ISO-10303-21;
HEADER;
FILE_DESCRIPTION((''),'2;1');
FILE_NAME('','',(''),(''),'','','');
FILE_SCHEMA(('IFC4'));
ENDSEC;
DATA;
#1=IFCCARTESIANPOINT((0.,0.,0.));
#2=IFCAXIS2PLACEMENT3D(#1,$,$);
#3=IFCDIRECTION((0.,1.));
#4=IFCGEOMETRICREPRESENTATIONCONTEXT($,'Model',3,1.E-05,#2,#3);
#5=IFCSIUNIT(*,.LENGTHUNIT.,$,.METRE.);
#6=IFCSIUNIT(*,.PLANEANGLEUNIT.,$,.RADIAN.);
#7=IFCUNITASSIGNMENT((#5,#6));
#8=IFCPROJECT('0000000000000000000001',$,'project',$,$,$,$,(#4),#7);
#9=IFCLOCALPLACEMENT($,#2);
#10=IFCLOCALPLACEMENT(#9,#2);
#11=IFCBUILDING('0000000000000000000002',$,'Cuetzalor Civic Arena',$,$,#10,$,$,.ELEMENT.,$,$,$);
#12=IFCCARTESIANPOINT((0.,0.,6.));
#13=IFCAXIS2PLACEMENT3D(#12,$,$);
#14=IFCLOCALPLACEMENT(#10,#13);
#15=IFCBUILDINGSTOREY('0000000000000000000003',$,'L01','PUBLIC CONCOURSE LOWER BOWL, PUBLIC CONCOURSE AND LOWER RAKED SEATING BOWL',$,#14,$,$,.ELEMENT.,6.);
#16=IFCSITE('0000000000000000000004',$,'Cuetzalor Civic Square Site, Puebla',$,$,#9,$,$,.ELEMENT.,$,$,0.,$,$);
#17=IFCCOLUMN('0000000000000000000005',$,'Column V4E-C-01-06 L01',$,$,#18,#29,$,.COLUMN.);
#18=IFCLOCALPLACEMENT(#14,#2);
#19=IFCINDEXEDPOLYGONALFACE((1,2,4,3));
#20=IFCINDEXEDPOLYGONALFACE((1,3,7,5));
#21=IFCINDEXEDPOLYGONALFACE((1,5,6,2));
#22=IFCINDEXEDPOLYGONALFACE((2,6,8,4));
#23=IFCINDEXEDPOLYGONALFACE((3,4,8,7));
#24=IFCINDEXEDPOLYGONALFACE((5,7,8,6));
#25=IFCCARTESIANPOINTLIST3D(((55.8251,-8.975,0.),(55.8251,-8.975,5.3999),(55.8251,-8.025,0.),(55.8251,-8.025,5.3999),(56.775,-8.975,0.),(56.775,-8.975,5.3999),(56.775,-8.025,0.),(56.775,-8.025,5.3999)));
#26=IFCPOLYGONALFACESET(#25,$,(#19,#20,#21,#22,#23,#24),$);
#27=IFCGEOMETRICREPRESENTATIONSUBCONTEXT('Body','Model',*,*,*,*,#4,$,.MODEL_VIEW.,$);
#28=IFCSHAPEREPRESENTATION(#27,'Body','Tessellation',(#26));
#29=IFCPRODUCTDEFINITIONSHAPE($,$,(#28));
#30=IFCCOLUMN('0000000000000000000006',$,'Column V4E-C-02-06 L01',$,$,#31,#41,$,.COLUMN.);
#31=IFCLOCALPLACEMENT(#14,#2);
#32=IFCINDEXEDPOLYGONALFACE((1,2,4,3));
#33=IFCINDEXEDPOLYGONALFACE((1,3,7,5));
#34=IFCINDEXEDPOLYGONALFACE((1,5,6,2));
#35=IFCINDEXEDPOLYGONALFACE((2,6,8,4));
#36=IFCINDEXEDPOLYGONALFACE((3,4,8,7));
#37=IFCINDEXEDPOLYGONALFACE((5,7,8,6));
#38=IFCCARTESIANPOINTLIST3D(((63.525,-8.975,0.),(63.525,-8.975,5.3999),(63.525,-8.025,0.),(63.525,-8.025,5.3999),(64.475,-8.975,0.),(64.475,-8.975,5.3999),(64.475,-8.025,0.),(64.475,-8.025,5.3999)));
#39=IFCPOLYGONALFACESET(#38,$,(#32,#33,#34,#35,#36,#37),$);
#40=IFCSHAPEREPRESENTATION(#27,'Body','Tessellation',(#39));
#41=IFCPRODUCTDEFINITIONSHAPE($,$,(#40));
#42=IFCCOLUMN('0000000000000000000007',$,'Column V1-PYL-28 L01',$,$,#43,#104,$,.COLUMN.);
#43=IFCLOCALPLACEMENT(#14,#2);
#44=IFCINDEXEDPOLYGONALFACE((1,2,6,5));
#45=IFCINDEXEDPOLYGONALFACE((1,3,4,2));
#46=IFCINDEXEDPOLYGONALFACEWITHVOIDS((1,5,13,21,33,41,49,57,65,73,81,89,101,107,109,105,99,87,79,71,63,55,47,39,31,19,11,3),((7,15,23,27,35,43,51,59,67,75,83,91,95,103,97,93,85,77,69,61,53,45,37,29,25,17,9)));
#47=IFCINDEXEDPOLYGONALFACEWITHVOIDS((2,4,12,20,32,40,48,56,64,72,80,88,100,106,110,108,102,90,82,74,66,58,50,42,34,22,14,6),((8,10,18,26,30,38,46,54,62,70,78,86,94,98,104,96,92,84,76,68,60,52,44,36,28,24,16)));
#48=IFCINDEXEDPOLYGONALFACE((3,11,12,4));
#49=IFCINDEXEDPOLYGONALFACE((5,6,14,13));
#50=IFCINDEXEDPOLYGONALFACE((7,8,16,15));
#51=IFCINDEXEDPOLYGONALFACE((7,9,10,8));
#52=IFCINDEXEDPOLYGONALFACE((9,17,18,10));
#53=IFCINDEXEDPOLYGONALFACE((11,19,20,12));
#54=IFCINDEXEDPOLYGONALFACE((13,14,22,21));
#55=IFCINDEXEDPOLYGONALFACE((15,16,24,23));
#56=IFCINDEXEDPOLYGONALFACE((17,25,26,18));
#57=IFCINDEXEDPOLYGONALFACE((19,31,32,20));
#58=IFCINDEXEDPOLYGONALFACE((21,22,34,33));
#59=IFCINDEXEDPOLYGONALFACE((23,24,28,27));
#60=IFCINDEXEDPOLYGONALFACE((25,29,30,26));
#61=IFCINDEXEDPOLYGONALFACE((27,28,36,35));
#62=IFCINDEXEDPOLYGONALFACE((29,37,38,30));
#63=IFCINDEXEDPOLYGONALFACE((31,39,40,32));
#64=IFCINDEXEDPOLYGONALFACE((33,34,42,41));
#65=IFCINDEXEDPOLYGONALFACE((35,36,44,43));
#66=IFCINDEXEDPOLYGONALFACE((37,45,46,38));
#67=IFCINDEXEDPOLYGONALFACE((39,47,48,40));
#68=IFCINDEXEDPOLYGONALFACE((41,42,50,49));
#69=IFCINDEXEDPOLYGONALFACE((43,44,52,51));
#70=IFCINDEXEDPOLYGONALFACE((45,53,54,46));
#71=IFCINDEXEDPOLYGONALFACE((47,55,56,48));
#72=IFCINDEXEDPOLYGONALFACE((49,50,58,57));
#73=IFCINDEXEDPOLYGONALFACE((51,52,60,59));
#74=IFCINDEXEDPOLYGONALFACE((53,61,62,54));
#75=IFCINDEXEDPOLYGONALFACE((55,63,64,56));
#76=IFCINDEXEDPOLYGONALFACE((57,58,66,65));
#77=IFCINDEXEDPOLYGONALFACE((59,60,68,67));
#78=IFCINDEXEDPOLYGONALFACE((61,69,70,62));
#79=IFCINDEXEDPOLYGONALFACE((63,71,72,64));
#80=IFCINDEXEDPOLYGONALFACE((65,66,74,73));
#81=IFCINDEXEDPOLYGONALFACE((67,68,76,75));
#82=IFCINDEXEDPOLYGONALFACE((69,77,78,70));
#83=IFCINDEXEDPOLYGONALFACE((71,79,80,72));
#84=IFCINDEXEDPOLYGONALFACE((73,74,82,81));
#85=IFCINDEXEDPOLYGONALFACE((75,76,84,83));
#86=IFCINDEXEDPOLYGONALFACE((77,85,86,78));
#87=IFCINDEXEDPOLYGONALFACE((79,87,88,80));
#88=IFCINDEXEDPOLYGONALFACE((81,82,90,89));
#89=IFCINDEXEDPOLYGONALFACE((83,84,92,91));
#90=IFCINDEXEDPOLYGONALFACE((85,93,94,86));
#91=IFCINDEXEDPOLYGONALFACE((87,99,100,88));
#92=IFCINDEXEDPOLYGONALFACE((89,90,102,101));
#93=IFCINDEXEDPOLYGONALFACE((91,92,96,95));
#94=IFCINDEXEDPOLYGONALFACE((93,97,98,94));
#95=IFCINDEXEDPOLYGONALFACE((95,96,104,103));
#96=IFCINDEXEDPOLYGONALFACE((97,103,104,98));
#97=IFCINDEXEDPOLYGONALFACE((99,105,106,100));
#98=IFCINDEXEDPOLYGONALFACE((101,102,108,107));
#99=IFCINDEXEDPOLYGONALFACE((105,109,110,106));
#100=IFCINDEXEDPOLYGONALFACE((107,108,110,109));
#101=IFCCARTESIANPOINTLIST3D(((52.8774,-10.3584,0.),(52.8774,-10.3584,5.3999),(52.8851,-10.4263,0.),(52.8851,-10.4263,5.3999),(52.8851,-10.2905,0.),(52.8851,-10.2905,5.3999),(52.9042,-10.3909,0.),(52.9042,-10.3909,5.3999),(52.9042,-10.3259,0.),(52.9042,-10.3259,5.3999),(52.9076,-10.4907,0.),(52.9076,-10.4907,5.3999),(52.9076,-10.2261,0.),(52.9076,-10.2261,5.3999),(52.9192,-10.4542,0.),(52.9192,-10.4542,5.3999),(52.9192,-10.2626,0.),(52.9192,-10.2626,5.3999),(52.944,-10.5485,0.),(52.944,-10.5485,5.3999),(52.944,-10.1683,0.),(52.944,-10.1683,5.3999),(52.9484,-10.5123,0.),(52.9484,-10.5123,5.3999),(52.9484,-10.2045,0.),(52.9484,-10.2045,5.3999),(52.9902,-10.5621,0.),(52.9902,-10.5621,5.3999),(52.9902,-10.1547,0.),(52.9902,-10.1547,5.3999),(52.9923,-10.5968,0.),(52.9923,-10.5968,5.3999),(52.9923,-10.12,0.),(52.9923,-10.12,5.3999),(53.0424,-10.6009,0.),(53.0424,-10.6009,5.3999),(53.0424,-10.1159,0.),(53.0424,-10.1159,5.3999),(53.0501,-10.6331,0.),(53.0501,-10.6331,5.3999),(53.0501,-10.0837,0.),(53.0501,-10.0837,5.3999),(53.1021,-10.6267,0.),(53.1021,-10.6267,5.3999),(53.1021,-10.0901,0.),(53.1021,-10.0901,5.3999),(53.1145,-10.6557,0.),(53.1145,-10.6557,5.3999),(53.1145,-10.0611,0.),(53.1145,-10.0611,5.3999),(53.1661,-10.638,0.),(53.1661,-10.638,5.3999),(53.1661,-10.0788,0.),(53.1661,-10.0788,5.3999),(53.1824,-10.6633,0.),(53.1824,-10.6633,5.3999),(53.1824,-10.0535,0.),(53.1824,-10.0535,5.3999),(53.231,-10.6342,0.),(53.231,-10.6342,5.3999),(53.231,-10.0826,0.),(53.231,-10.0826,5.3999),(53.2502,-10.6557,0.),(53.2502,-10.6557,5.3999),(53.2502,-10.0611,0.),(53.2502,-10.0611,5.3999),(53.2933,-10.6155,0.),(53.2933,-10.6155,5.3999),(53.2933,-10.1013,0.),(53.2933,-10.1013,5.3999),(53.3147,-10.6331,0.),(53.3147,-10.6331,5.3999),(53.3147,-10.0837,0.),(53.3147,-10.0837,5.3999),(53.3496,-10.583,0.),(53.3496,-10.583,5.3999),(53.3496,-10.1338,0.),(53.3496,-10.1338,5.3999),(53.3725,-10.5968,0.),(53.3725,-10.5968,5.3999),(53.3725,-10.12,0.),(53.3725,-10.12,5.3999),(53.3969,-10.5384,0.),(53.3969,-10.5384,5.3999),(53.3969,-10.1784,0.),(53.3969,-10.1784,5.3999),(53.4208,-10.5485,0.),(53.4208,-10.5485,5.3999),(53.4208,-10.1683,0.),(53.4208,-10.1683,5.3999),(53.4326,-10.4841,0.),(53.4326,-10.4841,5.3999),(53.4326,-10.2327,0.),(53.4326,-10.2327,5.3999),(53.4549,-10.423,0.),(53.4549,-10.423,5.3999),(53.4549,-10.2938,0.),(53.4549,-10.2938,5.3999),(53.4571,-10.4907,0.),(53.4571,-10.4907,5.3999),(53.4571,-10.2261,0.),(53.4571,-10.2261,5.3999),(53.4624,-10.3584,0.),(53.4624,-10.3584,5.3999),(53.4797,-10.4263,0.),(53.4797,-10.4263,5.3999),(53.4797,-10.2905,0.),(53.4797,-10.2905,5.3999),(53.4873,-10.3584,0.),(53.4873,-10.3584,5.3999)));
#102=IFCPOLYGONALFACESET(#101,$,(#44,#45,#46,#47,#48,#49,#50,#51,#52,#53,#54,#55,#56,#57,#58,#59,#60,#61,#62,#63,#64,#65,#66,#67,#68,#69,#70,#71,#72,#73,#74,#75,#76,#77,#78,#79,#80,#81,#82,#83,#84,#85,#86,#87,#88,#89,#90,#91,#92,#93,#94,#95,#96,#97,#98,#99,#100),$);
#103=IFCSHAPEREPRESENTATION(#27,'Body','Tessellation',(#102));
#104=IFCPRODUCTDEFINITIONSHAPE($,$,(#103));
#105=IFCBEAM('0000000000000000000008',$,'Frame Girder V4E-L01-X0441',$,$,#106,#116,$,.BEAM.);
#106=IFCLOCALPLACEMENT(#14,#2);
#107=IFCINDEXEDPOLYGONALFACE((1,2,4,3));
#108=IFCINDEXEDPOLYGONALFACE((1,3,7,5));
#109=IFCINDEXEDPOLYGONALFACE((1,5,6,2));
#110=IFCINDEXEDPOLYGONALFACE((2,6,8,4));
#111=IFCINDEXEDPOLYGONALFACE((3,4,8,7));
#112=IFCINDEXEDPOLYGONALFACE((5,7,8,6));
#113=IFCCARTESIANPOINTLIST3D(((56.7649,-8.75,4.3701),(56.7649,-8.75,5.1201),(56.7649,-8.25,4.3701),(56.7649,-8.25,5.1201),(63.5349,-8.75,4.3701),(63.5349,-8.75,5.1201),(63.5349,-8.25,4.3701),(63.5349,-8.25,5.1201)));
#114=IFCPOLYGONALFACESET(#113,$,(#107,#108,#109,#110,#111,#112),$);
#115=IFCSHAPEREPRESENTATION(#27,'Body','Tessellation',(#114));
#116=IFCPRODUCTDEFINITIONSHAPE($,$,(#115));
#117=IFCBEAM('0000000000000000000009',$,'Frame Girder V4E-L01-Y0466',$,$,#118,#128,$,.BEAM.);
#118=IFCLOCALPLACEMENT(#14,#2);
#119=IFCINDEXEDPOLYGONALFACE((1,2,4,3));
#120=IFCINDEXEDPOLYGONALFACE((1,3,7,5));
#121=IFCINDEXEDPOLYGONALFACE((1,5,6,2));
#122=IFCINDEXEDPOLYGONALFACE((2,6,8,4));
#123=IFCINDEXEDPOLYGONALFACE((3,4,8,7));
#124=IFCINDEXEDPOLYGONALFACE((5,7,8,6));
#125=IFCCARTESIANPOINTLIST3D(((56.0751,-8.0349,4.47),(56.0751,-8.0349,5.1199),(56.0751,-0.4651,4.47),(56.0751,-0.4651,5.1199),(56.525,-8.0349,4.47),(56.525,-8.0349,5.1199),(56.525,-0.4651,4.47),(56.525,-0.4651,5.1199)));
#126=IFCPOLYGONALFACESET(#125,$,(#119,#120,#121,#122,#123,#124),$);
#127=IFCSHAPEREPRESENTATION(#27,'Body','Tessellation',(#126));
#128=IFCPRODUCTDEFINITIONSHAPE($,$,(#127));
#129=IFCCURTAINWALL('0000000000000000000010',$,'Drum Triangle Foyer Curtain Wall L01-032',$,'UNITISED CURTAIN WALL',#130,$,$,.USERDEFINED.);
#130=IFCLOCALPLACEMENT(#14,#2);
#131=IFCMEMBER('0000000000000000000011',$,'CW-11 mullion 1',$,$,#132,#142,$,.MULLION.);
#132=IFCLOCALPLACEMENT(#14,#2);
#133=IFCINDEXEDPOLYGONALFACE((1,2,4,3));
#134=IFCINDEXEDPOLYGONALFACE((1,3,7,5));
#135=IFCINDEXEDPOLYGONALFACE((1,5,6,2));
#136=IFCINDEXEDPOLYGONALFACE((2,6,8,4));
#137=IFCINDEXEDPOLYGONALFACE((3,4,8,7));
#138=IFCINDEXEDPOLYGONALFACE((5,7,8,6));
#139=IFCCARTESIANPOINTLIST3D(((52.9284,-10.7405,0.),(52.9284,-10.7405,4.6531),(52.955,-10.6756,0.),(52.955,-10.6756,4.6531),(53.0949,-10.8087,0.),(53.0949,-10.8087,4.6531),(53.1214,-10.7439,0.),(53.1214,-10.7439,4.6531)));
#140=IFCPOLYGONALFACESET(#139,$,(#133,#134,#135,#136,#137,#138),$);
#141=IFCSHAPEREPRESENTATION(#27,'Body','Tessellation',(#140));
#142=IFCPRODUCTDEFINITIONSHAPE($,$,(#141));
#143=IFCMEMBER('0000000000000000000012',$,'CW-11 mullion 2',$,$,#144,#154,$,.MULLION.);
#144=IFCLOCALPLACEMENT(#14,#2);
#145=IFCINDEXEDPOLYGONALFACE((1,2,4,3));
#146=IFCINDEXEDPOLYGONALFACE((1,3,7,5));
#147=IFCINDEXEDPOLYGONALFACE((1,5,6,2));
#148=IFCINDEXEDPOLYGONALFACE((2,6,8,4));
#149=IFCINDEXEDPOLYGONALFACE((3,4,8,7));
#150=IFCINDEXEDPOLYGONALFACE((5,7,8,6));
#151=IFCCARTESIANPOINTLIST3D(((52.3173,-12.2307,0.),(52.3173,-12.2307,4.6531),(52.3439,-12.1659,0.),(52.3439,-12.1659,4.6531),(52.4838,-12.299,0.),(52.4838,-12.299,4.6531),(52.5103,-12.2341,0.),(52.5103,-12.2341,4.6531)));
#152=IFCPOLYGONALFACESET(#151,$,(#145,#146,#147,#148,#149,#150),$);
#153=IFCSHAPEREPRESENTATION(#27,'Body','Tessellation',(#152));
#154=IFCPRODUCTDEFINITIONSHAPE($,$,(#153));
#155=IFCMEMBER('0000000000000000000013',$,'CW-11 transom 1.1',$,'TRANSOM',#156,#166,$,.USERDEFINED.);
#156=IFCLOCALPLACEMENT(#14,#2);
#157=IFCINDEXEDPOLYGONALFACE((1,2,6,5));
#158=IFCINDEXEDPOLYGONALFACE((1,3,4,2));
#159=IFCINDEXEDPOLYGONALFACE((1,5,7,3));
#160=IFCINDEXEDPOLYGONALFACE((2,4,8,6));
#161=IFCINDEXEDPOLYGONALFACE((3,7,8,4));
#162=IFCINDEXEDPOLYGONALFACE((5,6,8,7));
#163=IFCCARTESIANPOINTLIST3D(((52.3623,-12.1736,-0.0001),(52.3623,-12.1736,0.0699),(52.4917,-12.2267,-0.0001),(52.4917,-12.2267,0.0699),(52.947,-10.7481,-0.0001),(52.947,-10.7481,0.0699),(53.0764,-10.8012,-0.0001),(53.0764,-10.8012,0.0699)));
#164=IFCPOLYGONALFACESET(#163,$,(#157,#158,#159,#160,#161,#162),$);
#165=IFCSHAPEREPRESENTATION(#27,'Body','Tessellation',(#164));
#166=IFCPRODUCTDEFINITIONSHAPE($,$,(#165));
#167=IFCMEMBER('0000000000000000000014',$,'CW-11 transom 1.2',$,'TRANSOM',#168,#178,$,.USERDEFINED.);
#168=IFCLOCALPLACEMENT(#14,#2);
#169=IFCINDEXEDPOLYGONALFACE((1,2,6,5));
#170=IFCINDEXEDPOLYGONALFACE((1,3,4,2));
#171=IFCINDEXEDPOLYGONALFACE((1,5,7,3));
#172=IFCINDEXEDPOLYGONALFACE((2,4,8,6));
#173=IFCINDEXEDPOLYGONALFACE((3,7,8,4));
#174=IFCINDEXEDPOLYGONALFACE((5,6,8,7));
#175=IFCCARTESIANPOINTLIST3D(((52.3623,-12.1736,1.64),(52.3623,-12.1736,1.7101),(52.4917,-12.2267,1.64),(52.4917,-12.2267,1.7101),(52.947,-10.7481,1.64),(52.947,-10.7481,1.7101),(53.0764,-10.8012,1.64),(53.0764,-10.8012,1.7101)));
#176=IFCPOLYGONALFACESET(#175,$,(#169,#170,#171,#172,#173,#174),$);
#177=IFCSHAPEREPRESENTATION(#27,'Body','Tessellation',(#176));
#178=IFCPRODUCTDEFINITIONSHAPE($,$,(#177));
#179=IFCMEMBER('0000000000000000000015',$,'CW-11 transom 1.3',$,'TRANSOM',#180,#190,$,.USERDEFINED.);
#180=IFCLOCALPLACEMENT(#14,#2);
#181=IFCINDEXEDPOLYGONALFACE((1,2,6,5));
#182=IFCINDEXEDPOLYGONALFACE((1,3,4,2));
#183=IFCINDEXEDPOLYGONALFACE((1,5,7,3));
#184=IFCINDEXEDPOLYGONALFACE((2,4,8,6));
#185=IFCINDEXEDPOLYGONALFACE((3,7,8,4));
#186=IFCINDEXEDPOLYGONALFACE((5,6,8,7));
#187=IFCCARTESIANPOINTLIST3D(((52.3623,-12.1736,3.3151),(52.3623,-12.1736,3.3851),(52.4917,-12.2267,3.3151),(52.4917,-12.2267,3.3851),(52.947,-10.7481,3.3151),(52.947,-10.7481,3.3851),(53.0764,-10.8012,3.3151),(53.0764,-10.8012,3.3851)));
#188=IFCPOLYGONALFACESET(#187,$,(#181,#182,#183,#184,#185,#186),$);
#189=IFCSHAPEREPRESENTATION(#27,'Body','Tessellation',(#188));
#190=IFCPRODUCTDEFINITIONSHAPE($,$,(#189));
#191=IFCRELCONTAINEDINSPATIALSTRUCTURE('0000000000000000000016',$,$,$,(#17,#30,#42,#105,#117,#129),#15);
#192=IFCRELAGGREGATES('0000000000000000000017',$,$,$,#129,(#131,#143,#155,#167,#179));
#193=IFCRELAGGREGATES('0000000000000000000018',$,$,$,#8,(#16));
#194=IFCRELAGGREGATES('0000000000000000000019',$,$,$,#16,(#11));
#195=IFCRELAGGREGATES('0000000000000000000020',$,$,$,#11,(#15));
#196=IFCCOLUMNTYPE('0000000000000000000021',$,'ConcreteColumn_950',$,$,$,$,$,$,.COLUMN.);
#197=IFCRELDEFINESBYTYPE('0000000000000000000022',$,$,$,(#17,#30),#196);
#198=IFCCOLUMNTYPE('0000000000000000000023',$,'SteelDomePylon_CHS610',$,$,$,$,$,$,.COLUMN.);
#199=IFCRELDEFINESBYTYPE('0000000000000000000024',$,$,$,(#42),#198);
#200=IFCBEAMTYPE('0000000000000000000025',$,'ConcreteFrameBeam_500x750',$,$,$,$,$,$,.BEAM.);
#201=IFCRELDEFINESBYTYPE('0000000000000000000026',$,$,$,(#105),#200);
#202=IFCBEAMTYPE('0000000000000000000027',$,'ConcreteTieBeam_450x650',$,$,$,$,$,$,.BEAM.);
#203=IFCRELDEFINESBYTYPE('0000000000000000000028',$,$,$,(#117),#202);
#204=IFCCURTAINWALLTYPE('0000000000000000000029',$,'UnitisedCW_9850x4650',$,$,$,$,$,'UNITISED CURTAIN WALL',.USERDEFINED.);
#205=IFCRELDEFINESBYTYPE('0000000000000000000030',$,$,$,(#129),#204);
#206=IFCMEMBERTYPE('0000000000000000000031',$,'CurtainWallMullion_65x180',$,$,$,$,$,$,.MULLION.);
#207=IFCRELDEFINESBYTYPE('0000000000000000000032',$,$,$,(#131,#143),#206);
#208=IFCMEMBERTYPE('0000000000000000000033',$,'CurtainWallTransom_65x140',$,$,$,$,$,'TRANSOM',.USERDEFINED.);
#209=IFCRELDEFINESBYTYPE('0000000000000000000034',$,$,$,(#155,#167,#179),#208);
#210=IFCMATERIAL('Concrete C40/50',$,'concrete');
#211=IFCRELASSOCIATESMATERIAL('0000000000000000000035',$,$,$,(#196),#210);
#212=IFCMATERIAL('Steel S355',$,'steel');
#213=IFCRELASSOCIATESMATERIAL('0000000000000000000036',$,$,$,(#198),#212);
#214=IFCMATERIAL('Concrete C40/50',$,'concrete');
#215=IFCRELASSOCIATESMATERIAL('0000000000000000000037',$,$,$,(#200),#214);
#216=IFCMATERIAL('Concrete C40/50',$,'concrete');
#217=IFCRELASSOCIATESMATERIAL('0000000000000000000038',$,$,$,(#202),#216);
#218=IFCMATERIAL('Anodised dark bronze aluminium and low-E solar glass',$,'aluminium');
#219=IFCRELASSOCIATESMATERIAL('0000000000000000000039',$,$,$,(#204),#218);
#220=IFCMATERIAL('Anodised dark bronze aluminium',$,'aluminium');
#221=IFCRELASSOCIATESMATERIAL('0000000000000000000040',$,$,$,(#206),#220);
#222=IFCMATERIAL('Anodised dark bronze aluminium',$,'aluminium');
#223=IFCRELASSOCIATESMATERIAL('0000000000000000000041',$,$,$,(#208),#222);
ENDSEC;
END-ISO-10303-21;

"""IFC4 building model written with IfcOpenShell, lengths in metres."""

from ifc_helpers import new_model, si_unit, direction, frame, origin, origin_2d, place, context, subcontext, project, spatial, rectangle, hollow_circle, extrude, material, material_profile, profile_set, type_object, element, aggregate, save


model = new_model("IFC4")

# Units and contexts
model_context = context("Model", 3, precision=1e-05, world=origin(), true_north=direction((0.0, 1.0)))
body_context = subcontext(model_context, "Body", "Model", "MODEL_VIEW")
ifc_project = project(units=[si_unit("LENGTHUNIT", "METRE"), si_unit("PLANEANGLEUNIT", "RADIAN")], contexts=[model_context])

# Site, building, storey
site_placement = place(None, origin())
site = spatial("IfcSite", under=ifc_project, at=site_placement, Name="Cuetzalor Civic Square Site, Puebla", CompositionType="ELEMENT", RefElevation=0.0)
building_placement = place(site_placement, origin())
building = spatial("IfcBuilding", under=site, at=building_placement, Name="Cuetzalor Civic Arena", CompositionType="ELEMENT")
storey_placement = place(building_placement, frame((0.0, 0.0, 6.0)))
storey = spatial("IfcBuildingStorey", under=building, at=storey_placement, Name="L01", Description="PUBLIC CONCOURSE LOWER BOWL, PUBLIC CONCOURSE AND LOWER RAKED SEATING BOWL", CompositionType="ELEMENT", Elevation=6.0)

# Columns
ifc_material_1 = material(Name="Concrete C40/50", Category="concrete")
ifc_material_profile_1 = material_profile(ifc_material_1, rectangle(XDim=0.95, YDim=0.95, at=origin_2d()), Name="RC 950x950")
ifc_profile_set_1 = profile_set([ifc_material_profile_1], Name="Concrete C40/50")
column_type_1 = type_object("IfcColumnType", Name="ConcreteColumn_950", PredefinedType="COLUMN", material=ifc_profile_set_1)
for number, where, z_axis, x_axis, name in (
    (1, (56.3, -8.5, 0.0), (0.0, 0.0, 1.0), (1.0, 0.0, 0.0), "Column V4E-C-01-06 L01"),
    (2, (64.0, -8.5, 0.0), (0.0, 0.0, 1.0), (1.0, 0.0, 0.0), "Column V4E-C-02-06 L01"),
):
    element("IfcColumn", number, at=place(storey_placement, frame(where, z_axis=z_axis, x_axis=x_axis)), inside=storey, type_object=column_type_1, Name=name, PredefinedType="COLUMN", context=body_context, shape_type="SweptSolid", body=[
        extrude(rectangle(XDim=0.95, YDim=0.95, at=origin_2d()), origin(), (0.0, 0.0, 1.0), 5.3999),
    ])
ifc_material_2 = material(Name="Steel S355", Category="steel")
ifc_material_profile_2 = material_profile(ifc_material_2, hollow_circle(Radius=0.3049, WallThickness=0.0249, at=origin_2d()), Name="CHS 610x25")
ifc_profile_set_2 = profile_set([ifc_material_profile_2], Name="Steel S355")
column_type_2 = type_object("IfcColumnType", Name="SteelDomePylon_CHS610", PredefinedType="COLUMN", material=ifc_profile_set_2)
column_placement = place(storey_placement, frame((53.1824, -10.3584, 0.0), z_axis=(0.0, 0.0, 1.0), x_axis=(1.0, 0.0, 0.0)))
element("IfcColumn", 3, at=column_placement, inside=storey, type_object=column_type_2, Name="Column V1-PYL-28 L01", PredefinedType="COLUMN", context=body_context, shape_type="SweptSolid", body=[
    extrude(hollow_circle(Radius=0.3049, WallThickness=0.0249, at=origin_2d()), origin(), (0.0, 0.0, 1.0), 5.3999),
])

# Beams
ifc_material_3 = material(Name="Concrete C40/50", Category="concrete")
ifc_material_profile_3 = material_profile(ifc_material_3, rectangle(XDim=0.5, YDim=0.75, at=origin_2d()), Name="RC 500x750")
ifc_profile_set_3 = profile_set([ifc_material_profile_3], Name="Concrete C40/50")
beam_type_1 = type_object("IfcBeamType", Name="ConcreteFrameBeam_500x750", PredefinedType="BEAM", material=ifc_profile_set_3)
beam_1_placement = place(storey_placement, frame((56.7649, -8.5, 4.7451), z_axis=(1.0, 0.0, 0.0), x_axis=(0.0, 1.0, 0.0)))
element("IfcBeam", 4, at=beam_1_placement, inside=storey, type_object=beam_type_1, Name="Frame Girder V4E-L01-X0441", PredefinedType="BEAM", context=body_context, shape_type="SweptSolid", body=[
    extrude(rectangle(XDim=0.5, YDim=0.75, at=origin_2d()), origin(), (0.0, 0.0, 1.0), 6.77),
])
ifc_material_4 = material(Name="Concrete C40/50", Category="concrete")
ifc_material_profile_4 = material_profile(ifc_material_4, rectangle(XDim=0.45, YDim=0.6499, at=origin_2d()), Name="RC 450x650")
ifc_profile_set_4 = profile_set([ifc_material_profile_4], Name="Concrete C40/50")
beam_type_2 = type_object("IfcBeamType", Name="ConcreteTieBeam_450x650", PredefinedType="BEAM", material=ifc_profile_set_4)
beam_2_placement = place(storey_placement, frame((56.3, -8.0349, 4.7949), z_axis=(0.0, 1.0, 0.0), x_axis=(-1.0, 0.0, 0.0)))
element("IfcBeam", 5, at=beam_2_placement, inside=storey, type_object=beam_type_2, Name="Frame Girder V4E-L01-Y0466", PredefinedType="BEAM", context=body_context, shape_type="SweptSolid", body=[
    extrude(rectangle(XDim=0.45, YDim=0.6499, at=origin_2d()), origin(), (0.0, 0.0, 1.0), 7.5698),
])

# Curtain wall, members
ifc_material_5 = material(Name="Anodised dark bronze aluminium and low-E solar glass", Category="aluminium")
curtain_wall_type = type_object("IfcCurtainWallType", Name="UnitisedCW_9850x4650", ElementType="UNITISED CURTAIN WALL", PredefinedType="USERDEFINED", material=ifc_material_5)
curtain_wall_placement = place(storey_placement, origin())
curtain_wall = element("IfcCurtainWall", 6, at=curtain_wall_placement, inside=storey, type_object=curtain_wall_type, Name="Drum Triangle Foyer Curtain Wall L01-032", ObjectType="UNITISED CURTAIN WALL", PredefinedType="USERDEFINED")
ifc_material_6 = material(Name="Anodised dark bronze aluminium", Category="aluminium")
ifc_material_profile_5 = material_profile(ifc_material_6, rectangle(XDim=0.0701, YDim=0.1799, at=origin_2d()), Name="ALU MULLION 70x180")
ifc_profile_set_5 = profile_set([ifc_material_profile_5], Name="Anodised dark bronze aluminium")
member_type_1 = type_object("IfcMemberType", Name="CurtainWallMullion_65x180", PredefinedType="MULLION", material=ifc_profile_set_5)
member_1_placement = place(storey_placement, frame((53.0249, -10.7422, 0.0), z_axis=(0.0, 0.0, 1.0), x_axis=(-0.379391, -0.925236, 0.0)))
member_1 = element("IfcMember", 7, at=member_1_placement, type_object=member_type_1, Name="CW-11 mullion 1", PredefinedType="MULLION", context=body_context, shape_type="SweptSolid", body=[
    extrude(rectangle(XDim=0.0701, YDim=0.1799, at=origin_2d()), origin(), (0.0, 0.0, 1.0), 4.6531),
])
member_2_placement = place(storey_placement, frame((52.4138, -12.2324, 0.0), z_axis=(0.0, 0.0, 1.0), x_axis=(-0.379391, -0.925236, 0.0)))
member_2 = element("IfcMember", 8, at=member_2_placement, type_object=member_type_1, Name="CW-11 mullion 2", PredefinedType="MULLION", context=body_context, shape_type="SweptSolid", body=[
    extrude(rectangle(XDim=0.0701, YDim=0.1799, at=origin_2d()), origin(), (0.0, 0.0, 1.0), 4.6531),
])
ifc_material_7 = material(Name="Anodised dark bronze aluminium", Category="aluminium")
ifc_material_profile_6 = material_profile(ifc_material_7, rectangle(XDim=0.1399, YDim=0.0701, at=origin_2d()), Name="ALU TRANSOM 70x140")
ifc_profile_set_6 = profile_set([ifc_material_profile_6], Name="Anodised dark bronze aluminium")
member_type_2 = type_object("IfcMemberType", Name="CurtainWallTransom_65x140", ElementType="TRANSOM", PredefinedType="USERDEFINED", material=ifc_profile_set_6)
member_3_placement = place(storey_placement, frame((53.0117, -10.7747, 0.0349), z_axis=(-0.37949, -0.925196, 0.0), x_axis=(0.925196, -0.37949, 0.0)))
member_3 = element("IfcMember", 9, at=member_3_placement, type_object=member_type_2, Name="CW-11 transom 1.1", ObjectType="TRANSOM", PredefinedType="USERDEFINED", context=body_context, shape_type="SweptSolid", body=[
    extrude(rectangle(XDim=0.1399, YDim=0.0701, at=origin_2d()), origin(), (0.0, 0.0, 1.0), 1.5408),
])
member_4_placement = place(storey_placement, frame((53.0117, -10.7747, 1.675), z_axis=(-0.37949, -0.925196, 0.0), x_axis=(0.925196, -0.37949, 0.0)))
member_4 = element("IfcMember", 10, at=member_4_placement, type_object=member_type_2, Name="CW-11 transom 1.2", ObjectType="TRANSOM", PredefinedType="USERDEFINED", context=body_context, shape_type="SweptSolid", body=[
    extrude(rectangle(XDim=0.1399, YDim=0.0701, at=origin_2d()), origin(), (0.0, 0.0, 1.0), 1.5408),
])
member_5_placement = place(storey_placement, frame((53.0117, -10.7747, 3.3501), z_axis=(-0.37949, -0.925196, 0.0), x_axis=(0.925196, -0.37949, 0.0)))
member_5 = element("IfcMember", 11, at=member_5_placement, type_object=member_type_2, Name="CW-11 transom 1.3", ObjectType="TRANSOM", PredefinedType="USERDEFINED", context=body_context, shape_type="SweptSolid", body=[
    extrude(rectangle(XDim=0.1399, YDim=0.0701, at=origin_2d()), origin(), (0.0, 0.0, 1.0), 1.5408),
])

aggregate(curtain_wall, [member_1, member_2, member_3, member_4, member_5])

save(model, "model.ifc")
